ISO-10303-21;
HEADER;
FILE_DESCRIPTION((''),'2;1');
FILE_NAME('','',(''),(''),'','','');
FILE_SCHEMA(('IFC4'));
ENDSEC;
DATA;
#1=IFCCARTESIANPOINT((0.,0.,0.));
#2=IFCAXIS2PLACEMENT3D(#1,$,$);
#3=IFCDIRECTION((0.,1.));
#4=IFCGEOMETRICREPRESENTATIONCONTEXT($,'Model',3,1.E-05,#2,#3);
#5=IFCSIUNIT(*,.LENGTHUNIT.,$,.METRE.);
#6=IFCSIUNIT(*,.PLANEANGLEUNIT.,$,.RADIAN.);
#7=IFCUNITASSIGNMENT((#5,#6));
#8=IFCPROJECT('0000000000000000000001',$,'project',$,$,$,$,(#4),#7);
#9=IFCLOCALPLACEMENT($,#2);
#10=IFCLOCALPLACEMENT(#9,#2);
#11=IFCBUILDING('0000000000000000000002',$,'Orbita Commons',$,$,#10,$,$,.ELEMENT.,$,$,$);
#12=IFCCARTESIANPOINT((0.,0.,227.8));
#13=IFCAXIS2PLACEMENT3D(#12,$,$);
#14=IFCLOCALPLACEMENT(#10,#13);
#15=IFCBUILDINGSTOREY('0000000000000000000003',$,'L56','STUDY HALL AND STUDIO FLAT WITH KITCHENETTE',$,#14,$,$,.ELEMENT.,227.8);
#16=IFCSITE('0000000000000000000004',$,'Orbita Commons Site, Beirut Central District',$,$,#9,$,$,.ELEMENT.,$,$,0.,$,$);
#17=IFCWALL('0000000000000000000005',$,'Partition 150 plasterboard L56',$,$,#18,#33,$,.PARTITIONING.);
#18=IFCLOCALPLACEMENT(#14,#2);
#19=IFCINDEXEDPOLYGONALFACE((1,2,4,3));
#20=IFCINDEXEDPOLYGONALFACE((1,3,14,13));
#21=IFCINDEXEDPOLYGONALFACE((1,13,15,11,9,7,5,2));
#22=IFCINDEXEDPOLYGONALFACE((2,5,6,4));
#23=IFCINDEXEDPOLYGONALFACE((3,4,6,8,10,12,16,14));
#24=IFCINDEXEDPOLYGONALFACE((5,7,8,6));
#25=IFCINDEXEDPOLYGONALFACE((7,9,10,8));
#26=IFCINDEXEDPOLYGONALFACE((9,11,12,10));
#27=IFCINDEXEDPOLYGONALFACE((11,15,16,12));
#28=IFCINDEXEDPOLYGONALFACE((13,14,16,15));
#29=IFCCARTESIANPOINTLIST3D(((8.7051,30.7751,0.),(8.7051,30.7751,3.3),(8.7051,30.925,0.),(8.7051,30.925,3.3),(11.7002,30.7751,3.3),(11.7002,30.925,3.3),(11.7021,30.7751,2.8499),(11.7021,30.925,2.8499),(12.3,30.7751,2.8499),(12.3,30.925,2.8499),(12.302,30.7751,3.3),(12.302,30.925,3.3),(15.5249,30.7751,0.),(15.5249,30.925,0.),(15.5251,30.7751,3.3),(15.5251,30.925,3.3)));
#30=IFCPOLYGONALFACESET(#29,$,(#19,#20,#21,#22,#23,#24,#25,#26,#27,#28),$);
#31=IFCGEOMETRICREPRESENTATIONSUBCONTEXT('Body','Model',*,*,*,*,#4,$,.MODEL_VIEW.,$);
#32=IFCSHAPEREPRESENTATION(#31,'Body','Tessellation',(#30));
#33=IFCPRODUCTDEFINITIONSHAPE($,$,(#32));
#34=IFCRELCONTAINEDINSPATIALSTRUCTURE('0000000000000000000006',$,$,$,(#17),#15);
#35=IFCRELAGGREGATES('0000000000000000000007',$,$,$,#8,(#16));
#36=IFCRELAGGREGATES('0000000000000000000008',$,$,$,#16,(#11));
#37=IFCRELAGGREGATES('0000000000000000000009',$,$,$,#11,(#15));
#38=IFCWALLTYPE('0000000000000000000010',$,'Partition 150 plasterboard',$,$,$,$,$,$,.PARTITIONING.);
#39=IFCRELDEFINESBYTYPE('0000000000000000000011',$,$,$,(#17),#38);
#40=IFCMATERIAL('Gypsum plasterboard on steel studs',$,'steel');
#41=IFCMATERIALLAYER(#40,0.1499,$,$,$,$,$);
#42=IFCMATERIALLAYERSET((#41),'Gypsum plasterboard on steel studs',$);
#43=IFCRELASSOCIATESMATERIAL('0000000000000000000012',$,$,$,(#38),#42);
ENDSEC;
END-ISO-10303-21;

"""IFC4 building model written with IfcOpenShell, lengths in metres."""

from ifc_helpers import new_model, si_unit, direction, frame, origin, place, context, subcontext, project, spatial, polyline, outline, extrude, material, layer, layer_set, type_object, element, save


model = new_model("IFC4")

# Units and contexts
model_context = context("Model", 3, precision=1e-05, world=origin(), true_north=direction((0.0, 1.0)))
body_context = subcontext(model_context, "Body", "Model", "MODEL_VIEW")
ifc_project = project(units=[si_unit("LENGTHUNIT", "METRE"), si_unit("PLANEANGLEUNIT", "RADIAN")], contexts=[model_context])

# Site, building, storey
site_placement = place(None, origin())
site = spatial("IfcSite", under=ifc_project, at=site_placement, Name="Orbita Commons Site, Beirut Central District", CompositionType="ELEMENT", RefElevation=0.0)
building_placement = place(site_placement, origin())
building = spatial("IfcBuilding", under=site, at=building_placement, Name="Orbita Commons", CompositionType="ELEMENT")
storey_placement = place(building_placement, frame((0.0, 0.0, 227.8)))
storey = spatial("IfcBuildingStorey", under=building, at=storey_placement, Name="L56", Description="STUDY HALL AND STUDIO FLAT WITH KITCHENETTE", CompositionType="ELEMENT", Elevation=227.8)

# Wall
ifc_material = material(Name="Gypsum plasterboard on steel studs", Category="steel")
ifc_layer = layer(ifc_material, 0.1499)
ifc_layer_set = layer_set([ifc_layer], Name="Gypsum plasterboard on steel studs")
wall_type = type_object("IfcWallType", Name="Partition 150 plasterboard", PredefinedType="PARTITIONING", material=ifc_layer_set)
wall_placement = place(storey_placement, frame((8.7051, 30.8501, 0.0), z_axis=(0.0, 0.0, 1.0), x_axis=(1.0, 0.0, 0.0)))
element("IfcWall", 1, at=wall_placement, inside=storey, type_object=wall_type, Name="Partition 150 plasterboard L56", PredefinedType="PARTITIONING", context=body_context, shape_type="SweptSolid", body=[
    extrude(outline(polyline([(0.0, 0.0), (6.8198, 0.0), (6.8201, 3.3), (3.5969, 3.3), (3.595, 2.8499), (2.9971, 2.8499), (2.9951, 3.3), (0.0, 3.3), (0.0, 0.0)])), frame((0.0, 0.075, 0.0), z_axis=(0.0, -1.0, 0.0), x_axis=(1.0, 0.0, 0.0)), (0.0, 0.0, 1.0), 0.1499),
])

save(model, "model.ifc")
